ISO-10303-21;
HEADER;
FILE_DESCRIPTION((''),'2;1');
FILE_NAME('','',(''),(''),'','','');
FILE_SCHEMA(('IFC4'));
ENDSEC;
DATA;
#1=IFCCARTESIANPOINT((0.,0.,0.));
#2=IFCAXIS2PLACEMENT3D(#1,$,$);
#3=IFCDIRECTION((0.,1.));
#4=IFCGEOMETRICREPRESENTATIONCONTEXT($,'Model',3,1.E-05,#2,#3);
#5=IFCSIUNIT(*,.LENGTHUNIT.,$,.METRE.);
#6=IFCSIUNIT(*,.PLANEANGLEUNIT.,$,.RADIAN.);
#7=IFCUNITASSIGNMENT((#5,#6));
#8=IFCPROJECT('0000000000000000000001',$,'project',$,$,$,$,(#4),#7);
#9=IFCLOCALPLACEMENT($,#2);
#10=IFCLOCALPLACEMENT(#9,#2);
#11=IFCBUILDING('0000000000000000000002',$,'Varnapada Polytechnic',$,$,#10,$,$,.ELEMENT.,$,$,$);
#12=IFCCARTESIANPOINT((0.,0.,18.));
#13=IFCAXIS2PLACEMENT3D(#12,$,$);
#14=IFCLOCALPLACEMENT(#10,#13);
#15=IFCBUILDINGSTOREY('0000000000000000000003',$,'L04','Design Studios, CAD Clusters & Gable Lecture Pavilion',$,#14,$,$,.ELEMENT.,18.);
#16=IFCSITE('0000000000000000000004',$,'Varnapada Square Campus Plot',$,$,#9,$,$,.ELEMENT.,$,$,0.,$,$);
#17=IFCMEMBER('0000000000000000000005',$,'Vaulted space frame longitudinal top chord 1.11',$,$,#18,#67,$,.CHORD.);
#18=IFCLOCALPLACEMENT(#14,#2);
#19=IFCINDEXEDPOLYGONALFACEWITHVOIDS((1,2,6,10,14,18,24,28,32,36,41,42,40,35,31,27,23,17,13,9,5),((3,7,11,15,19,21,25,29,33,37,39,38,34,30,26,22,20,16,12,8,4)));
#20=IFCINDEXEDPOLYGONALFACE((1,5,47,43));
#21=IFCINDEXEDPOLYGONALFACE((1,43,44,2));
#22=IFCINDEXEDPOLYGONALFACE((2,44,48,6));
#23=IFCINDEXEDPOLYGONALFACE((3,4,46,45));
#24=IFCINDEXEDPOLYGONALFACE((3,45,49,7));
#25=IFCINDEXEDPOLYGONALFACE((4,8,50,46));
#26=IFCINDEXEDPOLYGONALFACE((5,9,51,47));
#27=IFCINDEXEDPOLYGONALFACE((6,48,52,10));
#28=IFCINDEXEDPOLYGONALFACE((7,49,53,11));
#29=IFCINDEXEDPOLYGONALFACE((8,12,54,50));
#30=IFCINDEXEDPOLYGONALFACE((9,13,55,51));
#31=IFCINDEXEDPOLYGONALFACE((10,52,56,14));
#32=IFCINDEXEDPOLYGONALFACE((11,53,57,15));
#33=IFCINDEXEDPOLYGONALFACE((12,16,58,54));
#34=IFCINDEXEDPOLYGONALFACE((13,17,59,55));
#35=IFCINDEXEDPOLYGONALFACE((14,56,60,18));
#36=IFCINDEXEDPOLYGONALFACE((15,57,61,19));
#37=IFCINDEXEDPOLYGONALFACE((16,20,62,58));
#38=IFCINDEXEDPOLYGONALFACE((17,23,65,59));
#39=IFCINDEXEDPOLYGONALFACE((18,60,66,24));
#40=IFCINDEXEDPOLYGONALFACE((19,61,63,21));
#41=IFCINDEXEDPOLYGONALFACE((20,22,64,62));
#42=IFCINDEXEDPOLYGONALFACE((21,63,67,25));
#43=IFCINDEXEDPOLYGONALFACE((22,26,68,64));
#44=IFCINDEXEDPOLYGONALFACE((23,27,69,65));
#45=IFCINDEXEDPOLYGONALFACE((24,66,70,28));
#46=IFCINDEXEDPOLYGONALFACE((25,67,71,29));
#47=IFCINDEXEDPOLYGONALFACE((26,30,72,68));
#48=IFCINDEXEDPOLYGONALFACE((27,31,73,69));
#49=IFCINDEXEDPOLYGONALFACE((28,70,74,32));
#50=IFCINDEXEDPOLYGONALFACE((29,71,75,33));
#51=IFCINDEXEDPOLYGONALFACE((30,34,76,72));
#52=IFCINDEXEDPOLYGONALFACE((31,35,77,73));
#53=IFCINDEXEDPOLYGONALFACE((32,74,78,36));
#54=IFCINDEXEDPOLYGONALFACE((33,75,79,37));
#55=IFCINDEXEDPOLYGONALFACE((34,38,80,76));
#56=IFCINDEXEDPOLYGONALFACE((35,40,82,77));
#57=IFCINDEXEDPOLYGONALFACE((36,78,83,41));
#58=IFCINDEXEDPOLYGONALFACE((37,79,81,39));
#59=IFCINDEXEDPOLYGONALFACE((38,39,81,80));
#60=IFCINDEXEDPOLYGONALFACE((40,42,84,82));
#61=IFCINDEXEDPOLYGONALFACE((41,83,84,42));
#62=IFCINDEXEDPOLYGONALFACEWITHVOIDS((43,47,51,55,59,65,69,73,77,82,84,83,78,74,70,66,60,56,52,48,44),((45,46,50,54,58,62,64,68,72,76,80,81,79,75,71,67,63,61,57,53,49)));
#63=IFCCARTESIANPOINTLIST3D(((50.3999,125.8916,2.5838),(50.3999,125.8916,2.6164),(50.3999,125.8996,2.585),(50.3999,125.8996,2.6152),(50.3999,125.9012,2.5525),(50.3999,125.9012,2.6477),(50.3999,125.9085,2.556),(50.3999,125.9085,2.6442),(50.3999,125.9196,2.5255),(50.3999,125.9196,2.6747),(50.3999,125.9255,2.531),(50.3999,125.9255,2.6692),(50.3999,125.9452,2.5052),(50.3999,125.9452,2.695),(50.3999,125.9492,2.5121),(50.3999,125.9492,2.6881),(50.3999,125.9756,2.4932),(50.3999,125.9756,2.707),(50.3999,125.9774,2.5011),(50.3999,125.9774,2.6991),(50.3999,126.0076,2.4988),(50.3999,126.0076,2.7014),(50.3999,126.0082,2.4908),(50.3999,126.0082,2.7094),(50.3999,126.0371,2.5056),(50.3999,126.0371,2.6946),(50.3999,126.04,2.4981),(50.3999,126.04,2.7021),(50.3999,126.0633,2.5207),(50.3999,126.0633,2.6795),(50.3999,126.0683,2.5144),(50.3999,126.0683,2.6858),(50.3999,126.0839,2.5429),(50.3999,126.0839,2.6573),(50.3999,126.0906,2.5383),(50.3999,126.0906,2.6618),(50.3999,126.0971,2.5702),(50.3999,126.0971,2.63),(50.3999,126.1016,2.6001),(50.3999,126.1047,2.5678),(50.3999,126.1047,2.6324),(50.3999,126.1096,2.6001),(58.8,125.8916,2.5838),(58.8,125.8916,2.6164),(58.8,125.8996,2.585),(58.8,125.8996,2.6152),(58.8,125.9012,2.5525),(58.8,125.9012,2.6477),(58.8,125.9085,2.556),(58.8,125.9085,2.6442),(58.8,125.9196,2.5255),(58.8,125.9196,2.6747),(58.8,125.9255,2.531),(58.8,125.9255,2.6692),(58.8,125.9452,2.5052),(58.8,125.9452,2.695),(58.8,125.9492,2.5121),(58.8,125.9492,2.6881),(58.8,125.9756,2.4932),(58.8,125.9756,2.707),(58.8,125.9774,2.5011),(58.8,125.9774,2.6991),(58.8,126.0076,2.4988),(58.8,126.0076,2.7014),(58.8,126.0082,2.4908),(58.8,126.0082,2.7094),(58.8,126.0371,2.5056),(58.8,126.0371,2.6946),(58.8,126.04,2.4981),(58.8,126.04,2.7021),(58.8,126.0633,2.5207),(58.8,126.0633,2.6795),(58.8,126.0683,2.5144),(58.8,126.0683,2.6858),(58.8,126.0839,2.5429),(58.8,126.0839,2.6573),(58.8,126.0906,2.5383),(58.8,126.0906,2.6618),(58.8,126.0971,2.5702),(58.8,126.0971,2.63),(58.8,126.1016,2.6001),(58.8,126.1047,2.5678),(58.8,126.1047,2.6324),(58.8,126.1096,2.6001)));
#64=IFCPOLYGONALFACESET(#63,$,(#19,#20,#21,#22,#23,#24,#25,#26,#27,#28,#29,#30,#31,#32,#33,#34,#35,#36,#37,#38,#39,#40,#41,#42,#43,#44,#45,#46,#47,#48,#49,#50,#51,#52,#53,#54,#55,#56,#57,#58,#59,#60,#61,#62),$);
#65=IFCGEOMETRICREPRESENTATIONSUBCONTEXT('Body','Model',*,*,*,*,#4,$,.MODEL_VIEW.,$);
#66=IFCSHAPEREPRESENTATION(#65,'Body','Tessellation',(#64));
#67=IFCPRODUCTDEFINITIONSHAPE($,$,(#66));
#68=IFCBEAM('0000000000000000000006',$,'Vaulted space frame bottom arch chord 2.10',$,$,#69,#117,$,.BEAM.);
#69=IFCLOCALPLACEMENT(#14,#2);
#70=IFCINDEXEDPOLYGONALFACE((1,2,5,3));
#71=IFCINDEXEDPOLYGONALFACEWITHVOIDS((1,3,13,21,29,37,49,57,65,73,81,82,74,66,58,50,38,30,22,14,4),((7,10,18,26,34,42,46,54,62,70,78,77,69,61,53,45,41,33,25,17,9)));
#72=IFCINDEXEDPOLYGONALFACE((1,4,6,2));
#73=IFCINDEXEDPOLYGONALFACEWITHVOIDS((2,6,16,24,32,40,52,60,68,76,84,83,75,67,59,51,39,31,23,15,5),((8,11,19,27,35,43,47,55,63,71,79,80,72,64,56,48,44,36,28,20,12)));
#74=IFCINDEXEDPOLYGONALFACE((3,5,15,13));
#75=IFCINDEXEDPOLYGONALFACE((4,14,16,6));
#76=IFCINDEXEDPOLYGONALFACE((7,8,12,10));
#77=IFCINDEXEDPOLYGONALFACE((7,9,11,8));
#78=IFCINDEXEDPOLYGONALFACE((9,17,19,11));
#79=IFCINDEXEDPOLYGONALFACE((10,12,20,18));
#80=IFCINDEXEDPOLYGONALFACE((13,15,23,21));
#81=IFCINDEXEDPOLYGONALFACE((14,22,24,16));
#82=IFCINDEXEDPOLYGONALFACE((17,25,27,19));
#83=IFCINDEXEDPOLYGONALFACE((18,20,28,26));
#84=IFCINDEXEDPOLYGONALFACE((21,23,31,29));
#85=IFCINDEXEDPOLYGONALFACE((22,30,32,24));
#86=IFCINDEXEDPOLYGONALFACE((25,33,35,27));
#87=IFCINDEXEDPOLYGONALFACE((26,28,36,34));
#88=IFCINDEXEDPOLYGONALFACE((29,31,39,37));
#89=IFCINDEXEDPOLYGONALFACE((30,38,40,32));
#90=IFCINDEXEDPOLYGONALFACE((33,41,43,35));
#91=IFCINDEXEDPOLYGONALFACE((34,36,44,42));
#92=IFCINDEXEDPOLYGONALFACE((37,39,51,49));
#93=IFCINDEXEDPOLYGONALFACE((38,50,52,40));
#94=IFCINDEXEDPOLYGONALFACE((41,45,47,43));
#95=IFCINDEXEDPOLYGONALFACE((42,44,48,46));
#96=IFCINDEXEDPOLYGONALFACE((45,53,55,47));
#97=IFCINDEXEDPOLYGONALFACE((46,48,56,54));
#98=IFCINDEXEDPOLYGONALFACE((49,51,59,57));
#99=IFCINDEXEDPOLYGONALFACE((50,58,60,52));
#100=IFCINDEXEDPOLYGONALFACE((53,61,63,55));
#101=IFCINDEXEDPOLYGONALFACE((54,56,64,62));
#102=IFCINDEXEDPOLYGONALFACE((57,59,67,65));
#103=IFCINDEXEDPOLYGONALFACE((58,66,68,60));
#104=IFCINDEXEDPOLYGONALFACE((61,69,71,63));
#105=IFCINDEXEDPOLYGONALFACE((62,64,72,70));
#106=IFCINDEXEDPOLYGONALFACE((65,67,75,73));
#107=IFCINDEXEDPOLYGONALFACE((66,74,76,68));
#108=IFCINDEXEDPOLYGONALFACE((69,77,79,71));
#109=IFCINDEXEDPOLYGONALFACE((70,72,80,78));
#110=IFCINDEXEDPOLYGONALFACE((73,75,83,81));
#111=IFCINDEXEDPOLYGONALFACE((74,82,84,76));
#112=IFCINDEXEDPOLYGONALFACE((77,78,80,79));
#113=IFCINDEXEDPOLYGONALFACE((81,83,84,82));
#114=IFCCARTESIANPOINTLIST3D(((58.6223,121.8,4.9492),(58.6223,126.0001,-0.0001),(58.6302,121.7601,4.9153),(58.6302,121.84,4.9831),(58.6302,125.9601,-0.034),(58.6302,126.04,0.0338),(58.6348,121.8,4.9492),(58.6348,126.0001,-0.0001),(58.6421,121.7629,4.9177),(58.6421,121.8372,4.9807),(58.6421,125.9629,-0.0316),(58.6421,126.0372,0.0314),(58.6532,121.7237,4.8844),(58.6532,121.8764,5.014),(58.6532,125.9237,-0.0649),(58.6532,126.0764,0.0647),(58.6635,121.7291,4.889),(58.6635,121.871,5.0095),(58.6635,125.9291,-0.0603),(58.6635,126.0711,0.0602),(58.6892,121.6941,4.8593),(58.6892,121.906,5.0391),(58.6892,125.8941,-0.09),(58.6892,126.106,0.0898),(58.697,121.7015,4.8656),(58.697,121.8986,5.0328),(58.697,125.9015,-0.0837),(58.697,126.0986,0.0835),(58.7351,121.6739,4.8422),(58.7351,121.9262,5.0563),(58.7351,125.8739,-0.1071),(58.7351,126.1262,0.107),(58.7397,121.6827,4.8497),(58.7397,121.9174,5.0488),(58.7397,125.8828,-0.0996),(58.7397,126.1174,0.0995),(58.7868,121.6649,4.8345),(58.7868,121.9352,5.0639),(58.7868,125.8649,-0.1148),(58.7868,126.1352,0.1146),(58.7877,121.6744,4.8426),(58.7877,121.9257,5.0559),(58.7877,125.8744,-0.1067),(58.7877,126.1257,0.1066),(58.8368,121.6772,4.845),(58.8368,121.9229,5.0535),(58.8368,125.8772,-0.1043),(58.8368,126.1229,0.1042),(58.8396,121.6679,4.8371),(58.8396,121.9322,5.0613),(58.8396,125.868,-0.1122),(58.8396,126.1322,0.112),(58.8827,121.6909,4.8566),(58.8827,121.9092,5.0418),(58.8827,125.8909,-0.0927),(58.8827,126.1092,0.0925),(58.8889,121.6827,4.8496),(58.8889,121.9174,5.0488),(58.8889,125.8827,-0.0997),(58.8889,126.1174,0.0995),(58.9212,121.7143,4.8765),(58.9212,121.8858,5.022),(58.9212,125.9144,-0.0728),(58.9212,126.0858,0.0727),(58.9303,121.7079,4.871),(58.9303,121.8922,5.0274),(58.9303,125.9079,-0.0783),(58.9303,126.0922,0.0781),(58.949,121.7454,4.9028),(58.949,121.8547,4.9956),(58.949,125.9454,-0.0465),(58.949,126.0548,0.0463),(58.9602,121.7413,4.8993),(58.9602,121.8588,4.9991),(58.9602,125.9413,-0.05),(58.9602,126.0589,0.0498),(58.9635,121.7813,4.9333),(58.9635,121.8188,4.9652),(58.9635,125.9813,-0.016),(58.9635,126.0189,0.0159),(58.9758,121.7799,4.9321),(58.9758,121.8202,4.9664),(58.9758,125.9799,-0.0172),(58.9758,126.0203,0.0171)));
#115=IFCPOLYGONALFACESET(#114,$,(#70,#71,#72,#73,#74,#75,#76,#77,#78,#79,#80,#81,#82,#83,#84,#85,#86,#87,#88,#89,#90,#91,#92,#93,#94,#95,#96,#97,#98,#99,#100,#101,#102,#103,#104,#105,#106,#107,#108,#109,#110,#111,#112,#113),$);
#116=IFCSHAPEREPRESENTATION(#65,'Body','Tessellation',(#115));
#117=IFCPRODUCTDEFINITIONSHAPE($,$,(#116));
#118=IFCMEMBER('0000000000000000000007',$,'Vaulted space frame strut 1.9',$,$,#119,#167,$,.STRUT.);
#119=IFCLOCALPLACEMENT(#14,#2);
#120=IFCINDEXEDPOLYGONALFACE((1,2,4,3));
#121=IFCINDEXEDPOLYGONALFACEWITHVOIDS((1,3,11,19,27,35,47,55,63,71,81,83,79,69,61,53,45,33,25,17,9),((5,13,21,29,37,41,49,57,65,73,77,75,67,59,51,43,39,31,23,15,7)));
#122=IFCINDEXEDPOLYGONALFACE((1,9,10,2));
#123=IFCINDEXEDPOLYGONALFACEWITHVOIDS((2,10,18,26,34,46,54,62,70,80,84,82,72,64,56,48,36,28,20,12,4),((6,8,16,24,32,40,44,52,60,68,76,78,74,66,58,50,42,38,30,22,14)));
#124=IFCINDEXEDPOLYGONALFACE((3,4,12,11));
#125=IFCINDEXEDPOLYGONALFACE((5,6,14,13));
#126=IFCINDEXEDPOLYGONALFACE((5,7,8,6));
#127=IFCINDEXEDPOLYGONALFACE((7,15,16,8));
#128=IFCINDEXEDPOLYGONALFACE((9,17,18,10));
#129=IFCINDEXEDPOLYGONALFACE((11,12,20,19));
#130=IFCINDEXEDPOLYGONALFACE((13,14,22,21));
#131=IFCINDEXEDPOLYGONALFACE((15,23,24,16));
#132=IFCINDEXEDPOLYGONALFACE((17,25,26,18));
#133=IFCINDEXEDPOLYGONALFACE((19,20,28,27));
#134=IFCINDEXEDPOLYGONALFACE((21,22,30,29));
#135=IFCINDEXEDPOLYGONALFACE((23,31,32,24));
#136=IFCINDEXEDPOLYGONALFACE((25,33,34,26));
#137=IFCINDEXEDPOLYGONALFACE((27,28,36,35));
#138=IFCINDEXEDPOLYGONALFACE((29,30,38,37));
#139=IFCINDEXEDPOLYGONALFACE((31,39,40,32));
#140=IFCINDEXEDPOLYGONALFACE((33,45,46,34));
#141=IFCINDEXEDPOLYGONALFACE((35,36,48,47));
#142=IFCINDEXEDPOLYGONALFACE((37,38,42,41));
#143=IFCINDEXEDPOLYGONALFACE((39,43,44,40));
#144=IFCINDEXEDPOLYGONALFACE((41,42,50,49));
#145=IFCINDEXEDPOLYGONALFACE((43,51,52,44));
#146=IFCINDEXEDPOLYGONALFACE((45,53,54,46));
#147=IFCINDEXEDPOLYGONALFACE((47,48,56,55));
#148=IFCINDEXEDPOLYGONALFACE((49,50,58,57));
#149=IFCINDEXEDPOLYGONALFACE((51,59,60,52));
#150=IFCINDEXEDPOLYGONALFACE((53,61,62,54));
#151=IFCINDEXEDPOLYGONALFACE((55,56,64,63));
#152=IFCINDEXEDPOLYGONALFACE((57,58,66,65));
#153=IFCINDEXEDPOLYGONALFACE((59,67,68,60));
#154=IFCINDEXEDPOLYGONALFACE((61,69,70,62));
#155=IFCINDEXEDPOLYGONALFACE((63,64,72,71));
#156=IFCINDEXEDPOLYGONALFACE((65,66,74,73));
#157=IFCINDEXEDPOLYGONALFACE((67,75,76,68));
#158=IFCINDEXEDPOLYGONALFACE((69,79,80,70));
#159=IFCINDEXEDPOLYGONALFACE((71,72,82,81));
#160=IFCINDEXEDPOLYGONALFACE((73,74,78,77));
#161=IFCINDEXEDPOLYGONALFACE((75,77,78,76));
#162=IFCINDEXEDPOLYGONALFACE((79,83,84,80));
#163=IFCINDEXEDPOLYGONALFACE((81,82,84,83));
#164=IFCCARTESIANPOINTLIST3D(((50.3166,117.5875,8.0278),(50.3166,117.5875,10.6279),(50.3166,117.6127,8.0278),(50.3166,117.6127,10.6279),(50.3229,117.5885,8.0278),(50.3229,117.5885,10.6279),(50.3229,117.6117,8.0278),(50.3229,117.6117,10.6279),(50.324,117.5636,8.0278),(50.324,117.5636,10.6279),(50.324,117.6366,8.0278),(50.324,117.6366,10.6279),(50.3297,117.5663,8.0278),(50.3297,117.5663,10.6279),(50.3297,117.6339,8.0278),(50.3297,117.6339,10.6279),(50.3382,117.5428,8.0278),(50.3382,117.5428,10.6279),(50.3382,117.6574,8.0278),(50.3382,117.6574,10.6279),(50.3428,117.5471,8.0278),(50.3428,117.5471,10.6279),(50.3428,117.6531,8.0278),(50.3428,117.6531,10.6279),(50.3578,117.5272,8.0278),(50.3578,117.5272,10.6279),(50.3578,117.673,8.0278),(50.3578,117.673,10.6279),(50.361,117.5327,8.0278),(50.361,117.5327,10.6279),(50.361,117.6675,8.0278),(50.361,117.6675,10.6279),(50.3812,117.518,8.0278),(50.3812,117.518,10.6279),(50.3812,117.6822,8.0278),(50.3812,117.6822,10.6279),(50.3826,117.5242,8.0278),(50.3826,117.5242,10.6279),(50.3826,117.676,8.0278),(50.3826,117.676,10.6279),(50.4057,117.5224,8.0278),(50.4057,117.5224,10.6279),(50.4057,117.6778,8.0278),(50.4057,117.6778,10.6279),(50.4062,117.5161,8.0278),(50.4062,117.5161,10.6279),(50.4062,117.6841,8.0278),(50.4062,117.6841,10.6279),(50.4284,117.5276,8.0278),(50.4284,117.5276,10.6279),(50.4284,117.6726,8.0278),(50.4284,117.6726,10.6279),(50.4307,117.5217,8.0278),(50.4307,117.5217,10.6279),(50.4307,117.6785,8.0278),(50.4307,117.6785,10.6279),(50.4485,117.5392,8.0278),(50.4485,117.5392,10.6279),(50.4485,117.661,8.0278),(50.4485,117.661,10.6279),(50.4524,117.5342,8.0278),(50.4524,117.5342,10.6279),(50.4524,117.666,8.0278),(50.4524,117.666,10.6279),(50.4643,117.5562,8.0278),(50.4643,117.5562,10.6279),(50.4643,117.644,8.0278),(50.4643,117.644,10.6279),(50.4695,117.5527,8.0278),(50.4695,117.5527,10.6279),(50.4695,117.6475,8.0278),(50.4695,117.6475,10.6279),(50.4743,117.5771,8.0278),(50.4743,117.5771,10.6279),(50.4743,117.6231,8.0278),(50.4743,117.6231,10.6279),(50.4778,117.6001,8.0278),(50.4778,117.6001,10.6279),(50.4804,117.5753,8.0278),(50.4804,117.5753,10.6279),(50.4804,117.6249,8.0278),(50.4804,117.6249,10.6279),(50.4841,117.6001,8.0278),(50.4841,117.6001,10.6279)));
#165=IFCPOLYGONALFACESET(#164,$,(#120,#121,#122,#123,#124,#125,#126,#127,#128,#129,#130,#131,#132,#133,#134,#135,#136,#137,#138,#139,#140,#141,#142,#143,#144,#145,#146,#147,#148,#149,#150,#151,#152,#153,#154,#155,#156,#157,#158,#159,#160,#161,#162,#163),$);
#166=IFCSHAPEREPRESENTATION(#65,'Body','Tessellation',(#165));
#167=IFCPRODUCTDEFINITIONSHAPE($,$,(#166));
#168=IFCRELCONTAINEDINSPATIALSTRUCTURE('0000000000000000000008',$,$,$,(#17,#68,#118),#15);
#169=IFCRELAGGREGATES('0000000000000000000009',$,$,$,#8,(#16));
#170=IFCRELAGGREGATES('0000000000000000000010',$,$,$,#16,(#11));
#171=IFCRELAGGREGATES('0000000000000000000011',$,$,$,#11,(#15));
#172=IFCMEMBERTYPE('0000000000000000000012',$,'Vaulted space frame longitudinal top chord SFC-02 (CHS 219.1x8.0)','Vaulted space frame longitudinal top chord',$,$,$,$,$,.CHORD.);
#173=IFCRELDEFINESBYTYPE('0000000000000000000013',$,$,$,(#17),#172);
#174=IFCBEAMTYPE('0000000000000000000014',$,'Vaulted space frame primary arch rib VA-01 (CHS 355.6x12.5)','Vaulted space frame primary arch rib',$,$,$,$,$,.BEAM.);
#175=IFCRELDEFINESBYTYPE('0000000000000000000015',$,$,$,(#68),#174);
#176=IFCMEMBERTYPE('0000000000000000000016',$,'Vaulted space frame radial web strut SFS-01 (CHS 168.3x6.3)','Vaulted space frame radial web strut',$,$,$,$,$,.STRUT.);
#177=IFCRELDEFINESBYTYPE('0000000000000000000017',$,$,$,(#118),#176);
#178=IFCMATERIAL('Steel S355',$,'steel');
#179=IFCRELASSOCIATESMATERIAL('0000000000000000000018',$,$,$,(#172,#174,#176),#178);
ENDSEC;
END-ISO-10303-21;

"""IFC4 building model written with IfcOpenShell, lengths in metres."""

from ifc_helpers import new_model, si_unit, direction, frame, origin, origin_2d, place, context, subcontext, project, spatial, hollow_circle, extrude, material, material_profile, profile_set, type_object, element, save


model = new_model("IFC4")

# Units and contexts
model_context = context("Model", 3, precision=1e-05, world=origin(), true_north=direction((0.0, 1.0)))
body_context = subcontext(model_context, "Body", "Model", "MODEL_VIEW")
ifc_project = project(units=[si_unit("LENGTHUNIT", "METRE"), si_unit("PLANEANGLEUNIT", "RADIAN")], contexts=[model_context])

# Site, building, storey
site_placement = place(None, origin())
site = spatial("IfcSite", under=ifc_project, at=site_placement, Name="Varnapada Square Campus Plot", CompositionType="ELEMENT", RefElevation=0.0)
building_placement = place(site_placement, origin())
building = spatial("IfcBuilding", under=site, at=building_placement, Name="Varnapada Polytechnic", CompositionType="ELEMENT")
storey_placement = place(building_placement, frame((0.0, 0.0, 18.0)))
storey = spatial("IfcBuildingStorey", under=building, at=storey_placement, Name="L04", Description="Design Studios, CAD Clusters & Gable Lecture Pavilion", CompositionType="ELEMENT", Elevation=18.0)

# Shared definitions
ifc_material = material(Name="Steel S355", Category="steel")

# Member
ifc_material_profile_1 = material_profile(ifc_material, hollow_circle(Radius=0.1096, WallThickness=0.0081, at=origin_2d()), Name="CHS 219.1x8.0")
ifc_profile_set_1 = profile_set([ifc_material_profile_1], Name="Steel S355")
member_type_1 = type_object("IfcMemberType", Name="Vaulted space frame longitudinal top chord SFC-02 (CHS 219.1x8.0)", Description="Vaulted space frame longitudinal top chord", PredefinedType="CHORD", material=ifc_profile_set_1)
for number, where, z_axis, x_axis, name in (
    (1, (50.3999, 126.0, 2.6001), (1.0, 0.0, 0.0), (0.0, 1.0, 0.0), "Vaulted space frame longitudinal top chord 1.11"),
):
    element("IfcMember", number, at=place(storey_placement, frame(where, z_axis=z_axis, x_axis=x_axis)), inside=storey, type_object=member_type_1, Name=name, PredefinedType="CHORD", context=body_context, shape_type="SweptSolid", body=[
        extrude(hollow_circle(Radius=0.1096, WallThickness=0.0081, at=origin_2d()), origin(), (0.0, 0.0, 1.0), 8.4001),
    ])

# Beam
ifc_material_profile_2 = material_profile(ifc_material, hollow_circle(Radius=0.1777, WallThickness=0.0125, at=origin_2d()), Name="CHS 355.6x12.5")
ifc_profile_set_2 = profile_set([ifc_material_profile_2], Name="Steel S355")
beam_type_1 = type_object("IfcBeamType", Name="Vaulted space frame primary arch rib VA-01 (CHS 355.6x12.5)", Description="Vaulted space frame primary arch rib", PredefinedType="BEAM", material=ifc_profile_set_2)
beam_1_placement = place(storey_placement, frame((58.8, 121.8, 4.9492), z_axis=(0.0, 0.647032, -0.762462), x_axis=(-1.0, 0.0, 0.0)))
element("IfcBeam", 2, at=beam_1_placement, inside=storey, type_object=beam_type_1, Name="Vaulted space frame bottom arch chord 2.10", PredefinedType="BEAM", context=body_context, shape_type="SweptSolid", body=[
    extrude(hollow_circle(Radius=0.1777, WallThickness=0.0125, at=origin_2d()), origin(), (0.0, 0.0, 1.0), 6.4912),
])

# Member
ifc_material_profile_3 = material_profile(ifc_material, hollow_circle(Radius=0.0842, WallThickness=0.0063, at=origin_2d()), Name="CHS 168.3x6.3")
ifc_profile_set_3 = profile_set([ifc_material_profile_3], Name="Steel S355")
member_type_2 = type_object("IfcMemberType", Name="Vaulted space frame radial web strut SFS-01 (CHS 168.3x6.3)", Description="Vaulted space frame radial web strut", PredefinedType="STRUT", material=ifc_profile_set_3)
member_1_placement = place(storey_placement, frame((50.3999, 117.6001, 8.0278), z_axis=(0.0, 0.0, 1.0), x_axis=(1.0, 0.0, 0.0)))
element("IfcMember", 3, at=member_1_placement, inside=storey, type_object=member_type_2, Name="Vaulted space frame strut 1.9", PredefinedType="STRUT", context=body_context, shape_type="SweptSolid", body=[
    extrude(hollow_circle(Radius=0.0842, WallThickness=0.0063, at=origin_2d()), origin(), (0.0, 0.0, 1.0), 2.6001),
])

save(model, "model.ifc")
